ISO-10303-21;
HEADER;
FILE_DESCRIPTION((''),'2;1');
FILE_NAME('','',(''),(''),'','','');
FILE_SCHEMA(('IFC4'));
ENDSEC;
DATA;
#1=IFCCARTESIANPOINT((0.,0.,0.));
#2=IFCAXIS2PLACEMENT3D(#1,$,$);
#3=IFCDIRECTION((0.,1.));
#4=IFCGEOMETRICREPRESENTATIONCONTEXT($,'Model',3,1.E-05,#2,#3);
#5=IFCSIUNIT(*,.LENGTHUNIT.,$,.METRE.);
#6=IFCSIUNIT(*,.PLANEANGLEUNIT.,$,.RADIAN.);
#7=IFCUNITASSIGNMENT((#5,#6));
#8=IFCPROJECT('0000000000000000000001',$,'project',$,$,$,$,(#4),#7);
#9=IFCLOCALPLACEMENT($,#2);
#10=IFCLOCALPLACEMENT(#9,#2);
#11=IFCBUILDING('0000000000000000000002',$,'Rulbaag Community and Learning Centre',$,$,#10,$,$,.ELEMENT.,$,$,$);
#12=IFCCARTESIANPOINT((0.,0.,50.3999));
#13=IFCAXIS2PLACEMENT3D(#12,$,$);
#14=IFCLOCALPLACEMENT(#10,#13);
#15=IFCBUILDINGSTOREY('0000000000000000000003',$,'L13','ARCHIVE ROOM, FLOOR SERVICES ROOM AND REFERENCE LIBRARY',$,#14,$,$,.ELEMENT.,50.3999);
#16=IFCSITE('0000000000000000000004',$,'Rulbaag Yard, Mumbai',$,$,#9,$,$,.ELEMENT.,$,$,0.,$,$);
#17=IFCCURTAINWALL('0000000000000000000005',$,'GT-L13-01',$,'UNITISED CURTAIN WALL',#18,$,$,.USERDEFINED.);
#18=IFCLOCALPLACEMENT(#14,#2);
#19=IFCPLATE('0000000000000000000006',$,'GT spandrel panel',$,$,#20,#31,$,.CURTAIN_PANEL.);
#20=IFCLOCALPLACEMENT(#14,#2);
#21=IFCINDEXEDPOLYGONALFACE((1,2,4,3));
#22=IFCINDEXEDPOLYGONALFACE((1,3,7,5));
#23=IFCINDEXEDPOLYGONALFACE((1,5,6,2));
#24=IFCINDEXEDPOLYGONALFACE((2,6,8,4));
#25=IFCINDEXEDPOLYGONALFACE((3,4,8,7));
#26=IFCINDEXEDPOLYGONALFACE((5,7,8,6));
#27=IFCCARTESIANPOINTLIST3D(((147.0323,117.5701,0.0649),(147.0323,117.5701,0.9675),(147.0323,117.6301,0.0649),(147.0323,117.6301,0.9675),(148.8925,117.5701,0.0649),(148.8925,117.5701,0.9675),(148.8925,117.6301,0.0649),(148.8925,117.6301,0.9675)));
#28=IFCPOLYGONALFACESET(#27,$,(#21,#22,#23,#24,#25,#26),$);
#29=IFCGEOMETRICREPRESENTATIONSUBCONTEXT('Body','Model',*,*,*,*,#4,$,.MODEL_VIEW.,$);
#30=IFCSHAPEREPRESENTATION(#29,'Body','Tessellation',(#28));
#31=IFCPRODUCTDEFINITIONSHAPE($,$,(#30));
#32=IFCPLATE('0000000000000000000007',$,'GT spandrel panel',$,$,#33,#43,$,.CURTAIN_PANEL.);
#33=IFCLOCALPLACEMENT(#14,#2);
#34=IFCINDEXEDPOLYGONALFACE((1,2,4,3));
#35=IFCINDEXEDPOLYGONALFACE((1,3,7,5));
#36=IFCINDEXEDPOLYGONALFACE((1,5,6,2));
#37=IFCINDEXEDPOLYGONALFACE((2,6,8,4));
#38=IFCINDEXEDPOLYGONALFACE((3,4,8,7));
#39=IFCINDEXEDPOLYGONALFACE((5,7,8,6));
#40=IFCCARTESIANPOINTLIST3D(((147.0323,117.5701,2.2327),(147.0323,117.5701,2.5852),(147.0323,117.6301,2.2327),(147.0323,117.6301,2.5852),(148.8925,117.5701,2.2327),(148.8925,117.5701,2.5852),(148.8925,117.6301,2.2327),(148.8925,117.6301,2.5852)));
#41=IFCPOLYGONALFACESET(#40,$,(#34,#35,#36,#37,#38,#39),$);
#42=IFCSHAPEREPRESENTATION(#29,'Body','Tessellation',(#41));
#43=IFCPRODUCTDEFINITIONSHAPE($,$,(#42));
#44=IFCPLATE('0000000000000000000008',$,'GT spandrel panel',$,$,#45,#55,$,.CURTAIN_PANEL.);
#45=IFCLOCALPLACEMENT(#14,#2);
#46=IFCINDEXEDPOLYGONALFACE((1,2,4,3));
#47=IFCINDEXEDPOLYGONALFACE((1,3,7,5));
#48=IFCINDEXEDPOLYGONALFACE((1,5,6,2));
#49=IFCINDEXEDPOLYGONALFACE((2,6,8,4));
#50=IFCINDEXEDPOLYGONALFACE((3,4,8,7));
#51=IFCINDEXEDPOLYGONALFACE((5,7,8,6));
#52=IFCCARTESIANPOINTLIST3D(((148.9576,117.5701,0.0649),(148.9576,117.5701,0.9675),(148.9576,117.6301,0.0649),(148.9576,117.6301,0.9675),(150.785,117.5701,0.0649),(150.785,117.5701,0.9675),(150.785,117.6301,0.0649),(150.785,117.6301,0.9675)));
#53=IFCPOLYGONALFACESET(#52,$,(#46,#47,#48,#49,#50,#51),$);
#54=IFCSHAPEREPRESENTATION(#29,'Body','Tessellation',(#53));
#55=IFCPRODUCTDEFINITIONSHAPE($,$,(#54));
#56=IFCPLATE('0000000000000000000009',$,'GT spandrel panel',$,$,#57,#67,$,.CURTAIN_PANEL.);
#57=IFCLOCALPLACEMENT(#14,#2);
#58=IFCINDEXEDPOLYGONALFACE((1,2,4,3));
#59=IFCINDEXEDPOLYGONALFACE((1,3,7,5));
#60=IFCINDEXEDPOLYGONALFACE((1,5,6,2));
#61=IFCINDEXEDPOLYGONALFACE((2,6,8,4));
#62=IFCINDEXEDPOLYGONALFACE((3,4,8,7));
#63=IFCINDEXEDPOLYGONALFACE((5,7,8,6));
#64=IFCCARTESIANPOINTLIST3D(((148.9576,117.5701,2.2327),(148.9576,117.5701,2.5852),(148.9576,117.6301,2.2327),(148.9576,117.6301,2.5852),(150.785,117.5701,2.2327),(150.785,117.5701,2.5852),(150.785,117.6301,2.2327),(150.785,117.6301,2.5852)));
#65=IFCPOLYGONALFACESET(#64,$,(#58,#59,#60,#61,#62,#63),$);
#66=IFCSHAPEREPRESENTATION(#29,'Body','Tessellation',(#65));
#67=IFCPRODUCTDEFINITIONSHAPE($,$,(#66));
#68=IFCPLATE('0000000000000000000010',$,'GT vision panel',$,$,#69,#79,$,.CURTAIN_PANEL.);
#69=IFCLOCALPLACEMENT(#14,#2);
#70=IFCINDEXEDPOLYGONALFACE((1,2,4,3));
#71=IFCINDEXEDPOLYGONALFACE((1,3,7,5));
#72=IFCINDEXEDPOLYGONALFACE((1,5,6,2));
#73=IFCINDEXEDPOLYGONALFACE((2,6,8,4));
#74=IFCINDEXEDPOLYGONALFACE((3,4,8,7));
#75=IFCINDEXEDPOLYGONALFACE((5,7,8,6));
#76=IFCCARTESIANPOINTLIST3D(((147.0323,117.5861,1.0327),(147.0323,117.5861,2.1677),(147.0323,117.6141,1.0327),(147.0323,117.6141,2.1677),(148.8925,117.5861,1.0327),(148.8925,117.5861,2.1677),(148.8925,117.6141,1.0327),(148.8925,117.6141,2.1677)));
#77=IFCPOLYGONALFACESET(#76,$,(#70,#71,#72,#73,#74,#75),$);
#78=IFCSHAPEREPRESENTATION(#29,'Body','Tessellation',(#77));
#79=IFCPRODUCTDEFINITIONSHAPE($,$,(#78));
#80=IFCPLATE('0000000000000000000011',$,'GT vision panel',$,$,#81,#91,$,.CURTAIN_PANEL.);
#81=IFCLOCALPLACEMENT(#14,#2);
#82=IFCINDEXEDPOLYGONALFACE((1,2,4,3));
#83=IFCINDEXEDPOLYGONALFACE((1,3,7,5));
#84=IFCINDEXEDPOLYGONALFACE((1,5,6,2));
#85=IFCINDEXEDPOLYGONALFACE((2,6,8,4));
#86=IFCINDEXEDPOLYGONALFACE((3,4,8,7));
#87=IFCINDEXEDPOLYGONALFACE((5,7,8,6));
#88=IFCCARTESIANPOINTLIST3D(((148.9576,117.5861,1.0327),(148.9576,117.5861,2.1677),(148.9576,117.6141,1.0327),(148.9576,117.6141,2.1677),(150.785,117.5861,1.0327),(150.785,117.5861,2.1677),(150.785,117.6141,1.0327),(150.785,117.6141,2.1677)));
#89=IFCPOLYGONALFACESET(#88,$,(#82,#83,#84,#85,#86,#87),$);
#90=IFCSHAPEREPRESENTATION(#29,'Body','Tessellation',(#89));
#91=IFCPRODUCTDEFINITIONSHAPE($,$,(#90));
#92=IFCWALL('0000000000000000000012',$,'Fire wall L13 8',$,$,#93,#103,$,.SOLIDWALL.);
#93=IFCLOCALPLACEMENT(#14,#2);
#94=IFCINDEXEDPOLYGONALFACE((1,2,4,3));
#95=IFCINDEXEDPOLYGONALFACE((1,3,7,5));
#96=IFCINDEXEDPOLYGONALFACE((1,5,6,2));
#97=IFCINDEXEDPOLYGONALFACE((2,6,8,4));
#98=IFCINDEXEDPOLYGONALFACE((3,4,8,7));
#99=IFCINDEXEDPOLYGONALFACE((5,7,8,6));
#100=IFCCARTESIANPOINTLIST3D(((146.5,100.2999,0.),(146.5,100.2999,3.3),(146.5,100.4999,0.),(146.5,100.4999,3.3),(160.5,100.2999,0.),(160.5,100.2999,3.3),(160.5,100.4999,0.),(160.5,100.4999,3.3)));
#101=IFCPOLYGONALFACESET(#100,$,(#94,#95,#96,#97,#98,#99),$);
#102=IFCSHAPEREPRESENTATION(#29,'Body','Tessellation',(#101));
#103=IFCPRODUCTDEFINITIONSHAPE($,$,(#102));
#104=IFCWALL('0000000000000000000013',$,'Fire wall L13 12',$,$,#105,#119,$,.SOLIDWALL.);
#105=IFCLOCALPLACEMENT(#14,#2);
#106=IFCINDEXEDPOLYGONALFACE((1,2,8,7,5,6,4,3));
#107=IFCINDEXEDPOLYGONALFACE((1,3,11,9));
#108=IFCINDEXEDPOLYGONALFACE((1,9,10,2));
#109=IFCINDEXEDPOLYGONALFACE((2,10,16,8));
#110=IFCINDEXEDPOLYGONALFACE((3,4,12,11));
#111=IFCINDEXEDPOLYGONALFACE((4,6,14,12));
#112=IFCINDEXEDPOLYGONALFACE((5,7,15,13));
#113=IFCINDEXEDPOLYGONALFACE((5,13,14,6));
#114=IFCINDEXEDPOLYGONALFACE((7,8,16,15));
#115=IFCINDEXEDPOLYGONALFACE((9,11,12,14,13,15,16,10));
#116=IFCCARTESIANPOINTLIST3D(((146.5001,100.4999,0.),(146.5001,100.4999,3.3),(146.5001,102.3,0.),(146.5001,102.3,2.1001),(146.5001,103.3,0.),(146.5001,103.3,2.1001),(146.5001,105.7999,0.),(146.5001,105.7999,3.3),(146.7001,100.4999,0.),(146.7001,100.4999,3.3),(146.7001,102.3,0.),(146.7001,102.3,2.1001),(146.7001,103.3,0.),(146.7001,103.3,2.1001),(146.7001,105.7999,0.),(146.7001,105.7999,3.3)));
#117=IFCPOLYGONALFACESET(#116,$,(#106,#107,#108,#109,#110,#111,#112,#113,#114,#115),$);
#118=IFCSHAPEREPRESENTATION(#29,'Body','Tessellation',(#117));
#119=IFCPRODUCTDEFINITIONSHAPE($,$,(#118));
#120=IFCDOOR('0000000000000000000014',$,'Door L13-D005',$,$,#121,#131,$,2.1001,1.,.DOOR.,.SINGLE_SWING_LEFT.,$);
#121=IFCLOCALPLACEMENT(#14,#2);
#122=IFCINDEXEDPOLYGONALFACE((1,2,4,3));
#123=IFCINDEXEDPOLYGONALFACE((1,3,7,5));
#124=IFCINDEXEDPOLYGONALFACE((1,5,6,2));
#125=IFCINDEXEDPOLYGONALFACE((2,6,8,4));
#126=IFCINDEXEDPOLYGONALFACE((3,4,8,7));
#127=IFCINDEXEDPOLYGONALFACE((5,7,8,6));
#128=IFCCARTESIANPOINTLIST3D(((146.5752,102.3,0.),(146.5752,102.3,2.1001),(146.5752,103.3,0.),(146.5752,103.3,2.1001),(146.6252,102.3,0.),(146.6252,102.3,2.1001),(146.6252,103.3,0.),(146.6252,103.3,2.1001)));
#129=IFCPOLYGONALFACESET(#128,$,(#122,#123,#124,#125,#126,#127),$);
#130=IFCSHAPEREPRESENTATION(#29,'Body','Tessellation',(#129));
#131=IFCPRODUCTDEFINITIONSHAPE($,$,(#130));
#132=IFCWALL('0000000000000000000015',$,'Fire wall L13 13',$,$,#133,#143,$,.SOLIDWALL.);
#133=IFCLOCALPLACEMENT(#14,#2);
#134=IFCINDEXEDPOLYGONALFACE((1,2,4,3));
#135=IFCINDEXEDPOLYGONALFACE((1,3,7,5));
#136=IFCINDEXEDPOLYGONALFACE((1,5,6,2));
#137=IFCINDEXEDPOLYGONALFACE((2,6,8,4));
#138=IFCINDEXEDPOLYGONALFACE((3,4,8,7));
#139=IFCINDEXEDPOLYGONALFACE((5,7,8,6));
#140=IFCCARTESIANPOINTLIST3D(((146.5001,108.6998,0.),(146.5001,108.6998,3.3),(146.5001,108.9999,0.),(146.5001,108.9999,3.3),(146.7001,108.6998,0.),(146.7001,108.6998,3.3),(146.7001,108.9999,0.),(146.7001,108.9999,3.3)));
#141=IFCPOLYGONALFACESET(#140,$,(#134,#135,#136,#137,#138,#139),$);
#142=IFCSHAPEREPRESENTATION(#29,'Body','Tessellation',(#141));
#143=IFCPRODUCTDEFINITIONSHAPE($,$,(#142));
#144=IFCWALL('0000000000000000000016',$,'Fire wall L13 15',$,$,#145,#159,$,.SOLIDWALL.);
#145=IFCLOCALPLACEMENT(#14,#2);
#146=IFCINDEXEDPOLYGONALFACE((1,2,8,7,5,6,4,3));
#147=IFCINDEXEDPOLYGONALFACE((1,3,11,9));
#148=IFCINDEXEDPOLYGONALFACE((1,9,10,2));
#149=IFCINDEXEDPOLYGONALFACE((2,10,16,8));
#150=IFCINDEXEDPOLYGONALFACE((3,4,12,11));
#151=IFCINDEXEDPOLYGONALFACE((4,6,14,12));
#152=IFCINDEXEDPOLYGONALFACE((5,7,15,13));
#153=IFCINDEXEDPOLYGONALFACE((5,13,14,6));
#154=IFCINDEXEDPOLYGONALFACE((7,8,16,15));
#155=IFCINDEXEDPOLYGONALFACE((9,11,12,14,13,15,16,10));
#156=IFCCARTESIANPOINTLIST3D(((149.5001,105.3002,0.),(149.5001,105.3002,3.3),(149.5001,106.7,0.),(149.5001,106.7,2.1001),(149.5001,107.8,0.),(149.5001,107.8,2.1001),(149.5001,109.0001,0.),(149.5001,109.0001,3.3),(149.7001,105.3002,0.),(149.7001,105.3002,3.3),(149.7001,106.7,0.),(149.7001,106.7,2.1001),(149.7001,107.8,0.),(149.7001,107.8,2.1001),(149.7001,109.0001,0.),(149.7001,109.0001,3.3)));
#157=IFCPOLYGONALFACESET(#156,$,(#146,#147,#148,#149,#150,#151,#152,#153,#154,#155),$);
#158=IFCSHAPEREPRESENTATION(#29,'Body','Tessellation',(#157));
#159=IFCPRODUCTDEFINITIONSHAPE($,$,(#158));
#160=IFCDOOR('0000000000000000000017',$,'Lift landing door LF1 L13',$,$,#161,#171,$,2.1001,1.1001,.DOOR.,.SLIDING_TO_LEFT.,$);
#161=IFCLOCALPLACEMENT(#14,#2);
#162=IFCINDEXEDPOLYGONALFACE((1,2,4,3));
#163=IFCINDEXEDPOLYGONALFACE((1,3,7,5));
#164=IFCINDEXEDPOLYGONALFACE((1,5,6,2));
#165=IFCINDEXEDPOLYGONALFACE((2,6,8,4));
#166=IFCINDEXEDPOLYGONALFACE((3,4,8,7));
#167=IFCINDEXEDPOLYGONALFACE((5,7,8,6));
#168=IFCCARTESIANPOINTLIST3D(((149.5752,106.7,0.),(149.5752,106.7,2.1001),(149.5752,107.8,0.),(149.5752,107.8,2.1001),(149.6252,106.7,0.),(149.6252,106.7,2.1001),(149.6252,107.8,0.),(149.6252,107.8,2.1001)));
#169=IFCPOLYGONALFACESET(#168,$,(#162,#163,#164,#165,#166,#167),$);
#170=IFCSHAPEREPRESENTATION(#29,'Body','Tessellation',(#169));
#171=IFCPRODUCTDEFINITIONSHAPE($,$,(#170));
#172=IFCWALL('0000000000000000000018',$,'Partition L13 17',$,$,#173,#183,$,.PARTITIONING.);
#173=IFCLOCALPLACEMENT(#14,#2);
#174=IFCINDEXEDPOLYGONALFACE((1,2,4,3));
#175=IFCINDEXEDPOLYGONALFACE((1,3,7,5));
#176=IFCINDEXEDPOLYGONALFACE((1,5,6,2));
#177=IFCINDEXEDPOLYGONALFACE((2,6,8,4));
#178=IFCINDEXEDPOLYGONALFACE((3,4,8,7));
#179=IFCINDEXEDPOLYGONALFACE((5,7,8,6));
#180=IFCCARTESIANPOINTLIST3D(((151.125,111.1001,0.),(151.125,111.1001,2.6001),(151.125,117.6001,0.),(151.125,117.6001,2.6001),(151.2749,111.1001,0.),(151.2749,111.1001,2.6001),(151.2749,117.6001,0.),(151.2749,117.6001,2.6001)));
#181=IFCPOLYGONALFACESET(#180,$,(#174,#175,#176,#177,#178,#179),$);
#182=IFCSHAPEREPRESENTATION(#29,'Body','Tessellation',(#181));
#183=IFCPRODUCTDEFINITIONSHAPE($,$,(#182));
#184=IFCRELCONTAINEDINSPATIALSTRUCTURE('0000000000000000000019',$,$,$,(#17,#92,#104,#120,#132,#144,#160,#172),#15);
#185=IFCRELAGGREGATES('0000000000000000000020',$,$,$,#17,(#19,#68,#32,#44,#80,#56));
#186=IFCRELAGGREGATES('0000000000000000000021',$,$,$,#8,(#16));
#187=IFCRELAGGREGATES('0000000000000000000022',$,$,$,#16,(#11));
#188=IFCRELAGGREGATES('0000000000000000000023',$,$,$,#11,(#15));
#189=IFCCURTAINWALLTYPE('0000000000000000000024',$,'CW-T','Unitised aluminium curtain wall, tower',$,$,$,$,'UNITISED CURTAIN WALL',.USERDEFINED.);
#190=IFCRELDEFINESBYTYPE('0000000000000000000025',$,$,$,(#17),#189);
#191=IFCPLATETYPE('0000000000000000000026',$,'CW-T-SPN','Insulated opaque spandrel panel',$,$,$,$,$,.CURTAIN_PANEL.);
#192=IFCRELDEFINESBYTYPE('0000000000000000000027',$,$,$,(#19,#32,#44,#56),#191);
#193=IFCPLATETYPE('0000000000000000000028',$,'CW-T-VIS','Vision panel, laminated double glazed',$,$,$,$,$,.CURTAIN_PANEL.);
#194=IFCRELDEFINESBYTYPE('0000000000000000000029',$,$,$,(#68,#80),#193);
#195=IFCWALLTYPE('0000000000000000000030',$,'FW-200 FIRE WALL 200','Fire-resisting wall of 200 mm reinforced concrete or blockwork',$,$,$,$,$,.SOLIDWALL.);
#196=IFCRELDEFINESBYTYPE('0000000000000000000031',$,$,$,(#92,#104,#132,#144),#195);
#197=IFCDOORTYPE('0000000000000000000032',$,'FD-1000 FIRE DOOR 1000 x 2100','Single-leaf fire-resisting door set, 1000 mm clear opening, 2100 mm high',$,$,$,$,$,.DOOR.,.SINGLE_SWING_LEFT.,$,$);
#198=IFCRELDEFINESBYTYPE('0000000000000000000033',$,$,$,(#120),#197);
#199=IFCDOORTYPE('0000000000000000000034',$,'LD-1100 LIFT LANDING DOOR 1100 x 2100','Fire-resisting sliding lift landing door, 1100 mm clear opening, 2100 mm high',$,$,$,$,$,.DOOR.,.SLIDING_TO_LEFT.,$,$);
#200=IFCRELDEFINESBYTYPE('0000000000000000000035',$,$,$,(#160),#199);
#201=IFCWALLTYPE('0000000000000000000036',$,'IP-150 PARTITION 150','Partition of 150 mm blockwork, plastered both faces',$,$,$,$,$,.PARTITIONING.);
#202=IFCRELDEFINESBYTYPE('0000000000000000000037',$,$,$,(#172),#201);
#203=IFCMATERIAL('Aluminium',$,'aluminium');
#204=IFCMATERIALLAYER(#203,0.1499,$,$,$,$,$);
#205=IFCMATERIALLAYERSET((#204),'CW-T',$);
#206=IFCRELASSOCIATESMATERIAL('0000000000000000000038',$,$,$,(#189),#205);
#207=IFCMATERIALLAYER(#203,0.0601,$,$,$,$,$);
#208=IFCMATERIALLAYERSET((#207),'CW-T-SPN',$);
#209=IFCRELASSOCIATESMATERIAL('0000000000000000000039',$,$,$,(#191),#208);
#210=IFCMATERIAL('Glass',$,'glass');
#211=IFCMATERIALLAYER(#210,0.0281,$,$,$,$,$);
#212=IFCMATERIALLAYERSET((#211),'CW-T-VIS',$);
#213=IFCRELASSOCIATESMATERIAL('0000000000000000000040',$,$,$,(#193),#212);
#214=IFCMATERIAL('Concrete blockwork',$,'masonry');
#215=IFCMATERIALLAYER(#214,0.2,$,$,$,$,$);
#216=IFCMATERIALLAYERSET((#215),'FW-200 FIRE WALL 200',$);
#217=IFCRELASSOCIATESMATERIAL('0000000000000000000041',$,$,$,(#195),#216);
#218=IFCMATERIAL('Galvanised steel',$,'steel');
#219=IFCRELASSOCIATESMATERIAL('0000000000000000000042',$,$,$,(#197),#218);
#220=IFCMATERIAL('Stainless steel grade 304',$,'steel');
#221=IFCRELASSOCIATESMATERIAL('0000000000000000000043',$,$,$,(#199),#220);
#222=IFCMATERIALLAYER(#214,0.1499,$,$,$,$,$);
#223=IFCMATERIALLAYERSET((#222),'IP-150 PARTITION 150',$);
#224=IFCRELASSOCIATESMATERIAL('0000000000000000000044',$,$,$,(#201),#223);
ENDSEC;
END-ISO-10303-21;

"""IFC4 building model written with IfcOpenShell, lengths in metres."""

from ifc_helpers import new_model, si_unit, direction, frame, frame_2d, origin, origin_2d, place, context, subcontext, project, spatial, rectangle, extrude, material, layer, layer_set, type_object, element, fill, aggregate, save


model = new_model("IFC4")

# Units and contexts
model_context = context("Model", 3, precision=1e-05, world=origin(), true_north=direction((0.0, 1.0)))
body_context = subcontext(model_context, "Body", "Model", "MODEL_VIEW")
ifc_project = project(units=[si_unit("LENGTHUNIT", "METRE"), si_unit("PLANEANGLEUNIT", "RADIAN")], contexts=[model_context])

# Site, building, storey
site_placement = place(None, origin())
site = spatial("IfcSite", under=ifc_project, at=site_placement, Name="Rulbaag Yard, Mumbai", CompositionType="ELEMENT", RefElevation=0.0)
building_placement = place(site_placement, origin())
building = spatial("IfcBuilding", under=site, at=building_placement, Name="Rulbaag Community and Learning Centre", CompositionType="ELEMENT")
storey_placement = place(building_placement, frame((0.0, 0.0, 50.3999)))
storey = spatial("IfcBuildingStorey", under=building, at=storey_placement, Name="L13", Description="ARCHIVE ROOM, FLOOR SERVICES ROOM AND REFERENCE LIBRARY", CompositionType="ELEMENT", Elevation=50.3999)

# Curtain wall, plates
ifc_material_1 = material(Name="Aluminium", Category="aluminium")
ifc_layer_1 = layer(ifc_material_1, 0.1499)
ifc_layer_set_1 = layer_set([ifc_layer_1], Name="CW-T")
curtain_wall_type = type_object("IfcCurtainWallType", Name="CW-T", Description="Unitised aluminium curtain wall, tower", ElementType="UNITISED CURTAIN WALL", PredefinedType="USERDEFINED", material=ifc_layer_set_1)
curtain_wall_placement = place(storey_placement, origin())
curtain_wall = element("IfcCurtainWall", 1, at=curtain_wall_placement, inside=storey, type_object=curtain_wall_type, Name="GT-L13-01", ObjectType="UNITISED CURTAIN WALL", PredefinedType="USERDEFINED")
ifc_layer_2 = layer(ifc_material_1, 0.0601)
ifc_layer_set_2 = layer_set([ifc_layer_2], Name="CW-T-SPN")
plate_type_1 = type_object("IfcPlateType", Name="CW-T-SPN", Description="Insulated opaque spandrel panel", PredefinedType="CURTAIN_PANEL", material=ifc_layer_set_2)
plate_1_placement = place(storey_placement, frame((147.9624, 117.6001, 0.0649), z_axis=(0.0, 0.0, 1.0), x_axis=(1.0, 0.0, 0.0)))
plate_1 = element("IfcPlate", 2, at=plate_1_placement, type_object=plate_type_1, Name="GT spandrel panel", PredefinedType="CURTAIN_PANEL", context=body_context, shape_type="SweptSolid", body=[
    extrude(rectangle(XDim=1.8601, YDim=0.0601, at=origin_2d()), origin(), (0.0, 0.0, 1.0), 0.9026),
])
plate_2_placement = place(storey_placement, frame((147.9624, 117.6001, 2.2327), z_axis=(0.0, 0.0, 1.0), x_axis=(1.0, 0.0, 0.0)))
plate_2 = element("IfcPlate", 3, at=plate_2_placement, type_object=plate_type_1, Name="GT spandrel panel", PredefinedType="CURTAIN_PANEL", context=body_context, shape_type="SweptSolid", body=[
    extrude(rectangle(XDim=1.8601, YDim=0.0601, at=origin_2d()), origin(), (0.0, 0.0, 1.0), 0.3525),
])
plate_3_placement = place(storey_placement, frame((149.8713, 117.6001, 0.0649), z_axis=(0.0, 0.0, 1.0), x_axis=(1.0, 0.0, 0.0)))
plate_3 = element("IfcPlate", 4, at=plate_3_placement, type_object=plate_type_1, Name="GT spandrel panel", PredefinedType="CURTAIN_PANEL", context=body_context, shape_type="SweptSolid", body=[
    extrude(rectangle(XDim=1.8274, YDim=0.0601, at=origin_2d()), origin(), (0.0, 0.0, 1.0), 0.9026),
])
plate_4_placement = place(storey_placement, frame((149.8713, 117.6001, 2.2327), z_axis=(0.0, 0.0, 1.0), x_axis=(1.0, 0.0, 0.0)))
plate_4 = element("IfcPlate", 5, at=plate_4_placement, type_object=plate_type_1, Name="GT spandrel panel", PredefinedType="CURTAIN_PANEL", context=body_context, shape_type="SweptSolid", body=[
    extrude(rectangle(XDim=1.8274, YDim=0.0601, at=origin_2d()), origin(), (0.0, 0.0, 1.0), 0.3525),
])
ifc_material_2 = material(Name="Glass", Category="glass")
ifc_layer_3 = layer(ifc_material_2, 0.0281)
ifc_layer_set_3 = layer_set([ifc_layer_3], Name="CW-T-VIS")
plate_type_2 = type_object("IfcPlateType", Name="CW-T-VIS", Description="Vision panel, laminated double glazed", PredefinedType="CURTAIN_PANEL", material=ifc_layer_set_3)
plate_5_placement = place(storey_placement, frame((147.9624, 117.6001, 1.0327), z_axis=(0.0, 0.0, 1.0), x_axis=(1.0, 0.0, 0.0)))
plate_5 = element("IfcPlate", 6, at=plate_5_placement, type_object=plate_type_2, Name="GT vision panel", PredefinedType="CURTAIN_PANEL", context=body_context, shape_type="SweptSolid", body=[
    extrude(rectangle(XDim=1.8601, YDim=0.0281, at=origin_2d()), origin(), (0.0, 0.0, 1.0), 1.135),
])
plate_6_placement = place(storey_placement, frame((149.8713, 117.6001, 1.0327), z_axis=(0.0, 0.0, 1.0), x_axis=(1.0, 0.0, 0.0)))
plate_6 = element("IfcPlate", 7, at=plate_6_placement, type_object=plate_type_2, Name="GT vision panel", PredefinedType="CURTAIN_PANEL", context=body_context, shape_type="SweptSolid", body=[
    extrude(rectangle(XDim=1.8274, YDim=0.0281, at=origin_2d()), origin(), (0.0, 0.0, 1.0), 1.135),
])
aggregate(curtain_wall, [plate_1, plate_5, plate_2, plate_3, plate_6, plate_4])

# Wall
ifc_material_3 = material(Name="Concrete blockwork", Category="masonry")
ifc_layer_4 = layer(ifc_material_3, 0.2)
ifc_layer_set_4 = layer_set([ifc_layer_4], Name="FW-200 FIRE WALL 200")
wall_type_1 = type_object("IfcWallType", Name="FW-200 FIRE WALL 200", Description="Fire-resisting wall of 200 mm reinforced concrete or blockwork", PredefinedType="SOLIDWALL", material=ifc_layer_set_4)
wall_1_placement = place(storey_placement, frame((146.5, 100.3999, 0.0), z_axis=(0.0, 0.0, 1.0), x_axis=(1.0, 0.0, 0.0)))
element("IfcWall", 8, at=wall_1_placement, inside=storey, type_object=wall_type_1, Name="Fire wall L13 8", PredefinedType="SOLIDWALL", context=body_context, shape_type="SweptSolid", body=[
    extrude(rectangle(XDim=14.0, YDim=0.2, at=frame_2d((7.0, 0.0))), origin(), (0.0, 0.0, 1.0), 3.3),
])

# Wall, opening, door
wall_2_placement = place(storey_placement, frame((146.6001, 100.5, 0.0), z_axis=(0.0, 0.0, 1.0), x_axis=(0.0, 1.0, 0.0)))
wall_2 = element("IfcWall", 9, at=wall_2_placement, inside=storey, type_object=wall_type_1, Name="Fire wall L13 12", PredefinedType="SOLIDWALL", context=body_context, shape_type="SweptSolid", body=[
    extrude(rectangle(XDim=5.3, YDim=0.2, at=frame_2d((2.6499, 0.0))), origin(), (0.0, 0.0, 1.0), 3.3),
])
opening_1_placement = place(wall_2_placement, frame((1.8, 0.0, 0.0)))
opening_1 = element("IfcOpeningElement", 10, at=opening_1_placement, cuts=wall_2, PredefinedType="OPENING", context=body_context, shape_type="SweptSolid", body=[
    extrude(rectangle(XDim=1.0, YDim=2.1001, at=frame_2d((0.5, 1.05))), frame((0.0, 0.1099, 0.0), z_axis=(0.0, -1.0, 0.0), x_axis=(1.0, 0.0, 0.0)), (0.0, 0.0, 1.0), 0.22),
])
ifc_material_4 = material(Name="Galvanised steel", Category="steel")
door_type_1 = type_object("IfcDoorType", Name="FD-1000 FIRE DOOR 1000 x 2100", Description="Single-leaf fire-resisting door set, 1000 mm clear opening, 2100 mm high", OperationType="SINGLE_SWING_LEFT", PredefinedType="DOOR", material=ifc_material_4)
door_1_placement = place(opening_1_placement, origin())
door_1 = element("IfcDoor", 11, at=door_1_placement, inside=storey, type_object=door_type_1, Name="Door L13-D005", OperationType="SINGLE_SWING_LEFT", OverallHeight=2.1001, OverallWidth=1.0, PredefinedType="DOOR", context=body_context, shape_type="SweptSolid", body=[
    extrude(rectangle(XDim=1.0, YDim=2.1001, at=frame_2d((0.5, 1.05))), frame((0.0, 0.0249, 0.0), z_axis=(0.0, -1.0, 0.0), x_axis=(1.0, 0.0, 0.0)), (0.0, 0.0, 1.0), 0.05),
])
fill(opening_1, door_1)

# Wall
wall_3_placement = place(storey_placement, frame((146.6001, 108.7, 0.0), z_axis=(0.0, 0.0, 1.0), x_axis=(0.0, 1.0, 0.0)))
element("IfcWall", 12, at=wall_3_placement, inside=storey, type_object=wall_type_1, Name="Fire wall L13 13", PredefinedType="SOLIDWALL", context=body_context, shape_type="SweptSolid", body=[
    extrude(rectangle(XDim=0.3, YDim=0.2, at=frame_2d((0.1499, 0.0))), origin(), (0.0, 0.0, 1.0), 3.3),
])

# Wall, opening, door
wall_4_placement = place(storey_placement, frame((149.6001, 105.3, 0.0), z_axis=(0.0, 0.0, 1.0), x_axis=(0.0, 1.0, 0.0)))
wall_4 = element("IfcWall", 13, at=wall_4_placement, inside=storey, type_object=wall_type_1, Name="Fire wall L13 15", PredefinedType="SOLIDWALL", context=body_context, shape_type="SweptSolid", body=[
    extrude(rectangle(XDim=3.7, YDim=0.2, at=frame_2d((1.8501, 0.0))), origin(), (0.0, 0.0, 1.0), 3.3),
])
opening_2_placement = place(wall_4_placement, frame((1.3999, 0.0, 0.0)))
opening_2 = element("IfcOpeningElement", 14, at=opening_2_placement, cuts=wall_4, PredefinedType="OPENING", context=body_context, shape_type="SweptSolid", body=[
    extrude(rectangle(XDim=1.1001, YDim=2.1001, at=frame_2d((0.55, 1.05))), frame((0.0, 0.1099, 0.0), z_axis=(0.0, -1.0, 0.0), x_axis=(1.0, 0.0, 0.0)), (0.0, 0.0, 1.0), 0.22),
])
ifc_material_5 = material(Name="Stainless steel grade 304", Category="steel")
door_type_2 = type_object("IfcDoorType", Name="LD-1100 LIFT LANDING DOOR 1100 x 2100", Description="Fire-resisting sliding lift landing door, 1100 mm clear opening, 2100 mm high", OperationType="SLIDING_TO_LEFT", PredefinedType="DOOR", material=ifc_material_5)
door_2_placement = place(opening_2_placement, origin())
door_2 = element("IfcDoor", 15, at=door_2_placement, inside=storey, type_object=door_type_2, Name="Lift landing door LF1 L13", OperationType="SLIDING_TO_LEFT", OverallHeight=2.1001, OverallWidth=1.1001, PredefinedType="DOOR", context=body_context, shape_type="SweptSolid", body=[
    extrude(rectangle(XDim=1.1001, YDim=2.1001, at=frame_2d((0.55, 1.05))), frame((0.0, 0.0249, 0.0), z_axis=(0.0, -1.0, 0.0), x_axis=(1.0, 0.0, 0.0)), (0.0, 0.0, 1.0), 0.05),
])
fill(opening_2, door_2)

# Wall
ifc_layer_5 = layer(ifc_material_3, 0.1499)
ifc_layer_set_5 = layer_set([ifc_layer_5], Name="IP-150 PARTITION 150")
wall_type_2 = type_object("IfcWallType", Name="IP-150 PARTITION 150", Description="Partition of 150 mm blockwork, plastered both faces", PredefinedType="PARTITIONING", material=ifc_layer_set_5)
wall_5_placement = place(storey_placement, frame((151.2, 111.1001, 0.0), z_axis=(0.0, 0.0, 1.0), x_axis=(0.0, 1.0, 0.0)))
element("IfcWall", 16, at=wall_5_placement, inside=storey, type_object=wall_type_2, Name="Partition L13 17", PredefinedType="PARTITIONING", context=body_context, shape_type="SweptSolid", body=[
    extrude(rectangle(XDim=6.5, YDim=0.1499, at=frame_2d((3.25, 0.0))), origin(), (0.0, 0.0, 1.0), 2.6001),
])

save(model, "model.ifc")
